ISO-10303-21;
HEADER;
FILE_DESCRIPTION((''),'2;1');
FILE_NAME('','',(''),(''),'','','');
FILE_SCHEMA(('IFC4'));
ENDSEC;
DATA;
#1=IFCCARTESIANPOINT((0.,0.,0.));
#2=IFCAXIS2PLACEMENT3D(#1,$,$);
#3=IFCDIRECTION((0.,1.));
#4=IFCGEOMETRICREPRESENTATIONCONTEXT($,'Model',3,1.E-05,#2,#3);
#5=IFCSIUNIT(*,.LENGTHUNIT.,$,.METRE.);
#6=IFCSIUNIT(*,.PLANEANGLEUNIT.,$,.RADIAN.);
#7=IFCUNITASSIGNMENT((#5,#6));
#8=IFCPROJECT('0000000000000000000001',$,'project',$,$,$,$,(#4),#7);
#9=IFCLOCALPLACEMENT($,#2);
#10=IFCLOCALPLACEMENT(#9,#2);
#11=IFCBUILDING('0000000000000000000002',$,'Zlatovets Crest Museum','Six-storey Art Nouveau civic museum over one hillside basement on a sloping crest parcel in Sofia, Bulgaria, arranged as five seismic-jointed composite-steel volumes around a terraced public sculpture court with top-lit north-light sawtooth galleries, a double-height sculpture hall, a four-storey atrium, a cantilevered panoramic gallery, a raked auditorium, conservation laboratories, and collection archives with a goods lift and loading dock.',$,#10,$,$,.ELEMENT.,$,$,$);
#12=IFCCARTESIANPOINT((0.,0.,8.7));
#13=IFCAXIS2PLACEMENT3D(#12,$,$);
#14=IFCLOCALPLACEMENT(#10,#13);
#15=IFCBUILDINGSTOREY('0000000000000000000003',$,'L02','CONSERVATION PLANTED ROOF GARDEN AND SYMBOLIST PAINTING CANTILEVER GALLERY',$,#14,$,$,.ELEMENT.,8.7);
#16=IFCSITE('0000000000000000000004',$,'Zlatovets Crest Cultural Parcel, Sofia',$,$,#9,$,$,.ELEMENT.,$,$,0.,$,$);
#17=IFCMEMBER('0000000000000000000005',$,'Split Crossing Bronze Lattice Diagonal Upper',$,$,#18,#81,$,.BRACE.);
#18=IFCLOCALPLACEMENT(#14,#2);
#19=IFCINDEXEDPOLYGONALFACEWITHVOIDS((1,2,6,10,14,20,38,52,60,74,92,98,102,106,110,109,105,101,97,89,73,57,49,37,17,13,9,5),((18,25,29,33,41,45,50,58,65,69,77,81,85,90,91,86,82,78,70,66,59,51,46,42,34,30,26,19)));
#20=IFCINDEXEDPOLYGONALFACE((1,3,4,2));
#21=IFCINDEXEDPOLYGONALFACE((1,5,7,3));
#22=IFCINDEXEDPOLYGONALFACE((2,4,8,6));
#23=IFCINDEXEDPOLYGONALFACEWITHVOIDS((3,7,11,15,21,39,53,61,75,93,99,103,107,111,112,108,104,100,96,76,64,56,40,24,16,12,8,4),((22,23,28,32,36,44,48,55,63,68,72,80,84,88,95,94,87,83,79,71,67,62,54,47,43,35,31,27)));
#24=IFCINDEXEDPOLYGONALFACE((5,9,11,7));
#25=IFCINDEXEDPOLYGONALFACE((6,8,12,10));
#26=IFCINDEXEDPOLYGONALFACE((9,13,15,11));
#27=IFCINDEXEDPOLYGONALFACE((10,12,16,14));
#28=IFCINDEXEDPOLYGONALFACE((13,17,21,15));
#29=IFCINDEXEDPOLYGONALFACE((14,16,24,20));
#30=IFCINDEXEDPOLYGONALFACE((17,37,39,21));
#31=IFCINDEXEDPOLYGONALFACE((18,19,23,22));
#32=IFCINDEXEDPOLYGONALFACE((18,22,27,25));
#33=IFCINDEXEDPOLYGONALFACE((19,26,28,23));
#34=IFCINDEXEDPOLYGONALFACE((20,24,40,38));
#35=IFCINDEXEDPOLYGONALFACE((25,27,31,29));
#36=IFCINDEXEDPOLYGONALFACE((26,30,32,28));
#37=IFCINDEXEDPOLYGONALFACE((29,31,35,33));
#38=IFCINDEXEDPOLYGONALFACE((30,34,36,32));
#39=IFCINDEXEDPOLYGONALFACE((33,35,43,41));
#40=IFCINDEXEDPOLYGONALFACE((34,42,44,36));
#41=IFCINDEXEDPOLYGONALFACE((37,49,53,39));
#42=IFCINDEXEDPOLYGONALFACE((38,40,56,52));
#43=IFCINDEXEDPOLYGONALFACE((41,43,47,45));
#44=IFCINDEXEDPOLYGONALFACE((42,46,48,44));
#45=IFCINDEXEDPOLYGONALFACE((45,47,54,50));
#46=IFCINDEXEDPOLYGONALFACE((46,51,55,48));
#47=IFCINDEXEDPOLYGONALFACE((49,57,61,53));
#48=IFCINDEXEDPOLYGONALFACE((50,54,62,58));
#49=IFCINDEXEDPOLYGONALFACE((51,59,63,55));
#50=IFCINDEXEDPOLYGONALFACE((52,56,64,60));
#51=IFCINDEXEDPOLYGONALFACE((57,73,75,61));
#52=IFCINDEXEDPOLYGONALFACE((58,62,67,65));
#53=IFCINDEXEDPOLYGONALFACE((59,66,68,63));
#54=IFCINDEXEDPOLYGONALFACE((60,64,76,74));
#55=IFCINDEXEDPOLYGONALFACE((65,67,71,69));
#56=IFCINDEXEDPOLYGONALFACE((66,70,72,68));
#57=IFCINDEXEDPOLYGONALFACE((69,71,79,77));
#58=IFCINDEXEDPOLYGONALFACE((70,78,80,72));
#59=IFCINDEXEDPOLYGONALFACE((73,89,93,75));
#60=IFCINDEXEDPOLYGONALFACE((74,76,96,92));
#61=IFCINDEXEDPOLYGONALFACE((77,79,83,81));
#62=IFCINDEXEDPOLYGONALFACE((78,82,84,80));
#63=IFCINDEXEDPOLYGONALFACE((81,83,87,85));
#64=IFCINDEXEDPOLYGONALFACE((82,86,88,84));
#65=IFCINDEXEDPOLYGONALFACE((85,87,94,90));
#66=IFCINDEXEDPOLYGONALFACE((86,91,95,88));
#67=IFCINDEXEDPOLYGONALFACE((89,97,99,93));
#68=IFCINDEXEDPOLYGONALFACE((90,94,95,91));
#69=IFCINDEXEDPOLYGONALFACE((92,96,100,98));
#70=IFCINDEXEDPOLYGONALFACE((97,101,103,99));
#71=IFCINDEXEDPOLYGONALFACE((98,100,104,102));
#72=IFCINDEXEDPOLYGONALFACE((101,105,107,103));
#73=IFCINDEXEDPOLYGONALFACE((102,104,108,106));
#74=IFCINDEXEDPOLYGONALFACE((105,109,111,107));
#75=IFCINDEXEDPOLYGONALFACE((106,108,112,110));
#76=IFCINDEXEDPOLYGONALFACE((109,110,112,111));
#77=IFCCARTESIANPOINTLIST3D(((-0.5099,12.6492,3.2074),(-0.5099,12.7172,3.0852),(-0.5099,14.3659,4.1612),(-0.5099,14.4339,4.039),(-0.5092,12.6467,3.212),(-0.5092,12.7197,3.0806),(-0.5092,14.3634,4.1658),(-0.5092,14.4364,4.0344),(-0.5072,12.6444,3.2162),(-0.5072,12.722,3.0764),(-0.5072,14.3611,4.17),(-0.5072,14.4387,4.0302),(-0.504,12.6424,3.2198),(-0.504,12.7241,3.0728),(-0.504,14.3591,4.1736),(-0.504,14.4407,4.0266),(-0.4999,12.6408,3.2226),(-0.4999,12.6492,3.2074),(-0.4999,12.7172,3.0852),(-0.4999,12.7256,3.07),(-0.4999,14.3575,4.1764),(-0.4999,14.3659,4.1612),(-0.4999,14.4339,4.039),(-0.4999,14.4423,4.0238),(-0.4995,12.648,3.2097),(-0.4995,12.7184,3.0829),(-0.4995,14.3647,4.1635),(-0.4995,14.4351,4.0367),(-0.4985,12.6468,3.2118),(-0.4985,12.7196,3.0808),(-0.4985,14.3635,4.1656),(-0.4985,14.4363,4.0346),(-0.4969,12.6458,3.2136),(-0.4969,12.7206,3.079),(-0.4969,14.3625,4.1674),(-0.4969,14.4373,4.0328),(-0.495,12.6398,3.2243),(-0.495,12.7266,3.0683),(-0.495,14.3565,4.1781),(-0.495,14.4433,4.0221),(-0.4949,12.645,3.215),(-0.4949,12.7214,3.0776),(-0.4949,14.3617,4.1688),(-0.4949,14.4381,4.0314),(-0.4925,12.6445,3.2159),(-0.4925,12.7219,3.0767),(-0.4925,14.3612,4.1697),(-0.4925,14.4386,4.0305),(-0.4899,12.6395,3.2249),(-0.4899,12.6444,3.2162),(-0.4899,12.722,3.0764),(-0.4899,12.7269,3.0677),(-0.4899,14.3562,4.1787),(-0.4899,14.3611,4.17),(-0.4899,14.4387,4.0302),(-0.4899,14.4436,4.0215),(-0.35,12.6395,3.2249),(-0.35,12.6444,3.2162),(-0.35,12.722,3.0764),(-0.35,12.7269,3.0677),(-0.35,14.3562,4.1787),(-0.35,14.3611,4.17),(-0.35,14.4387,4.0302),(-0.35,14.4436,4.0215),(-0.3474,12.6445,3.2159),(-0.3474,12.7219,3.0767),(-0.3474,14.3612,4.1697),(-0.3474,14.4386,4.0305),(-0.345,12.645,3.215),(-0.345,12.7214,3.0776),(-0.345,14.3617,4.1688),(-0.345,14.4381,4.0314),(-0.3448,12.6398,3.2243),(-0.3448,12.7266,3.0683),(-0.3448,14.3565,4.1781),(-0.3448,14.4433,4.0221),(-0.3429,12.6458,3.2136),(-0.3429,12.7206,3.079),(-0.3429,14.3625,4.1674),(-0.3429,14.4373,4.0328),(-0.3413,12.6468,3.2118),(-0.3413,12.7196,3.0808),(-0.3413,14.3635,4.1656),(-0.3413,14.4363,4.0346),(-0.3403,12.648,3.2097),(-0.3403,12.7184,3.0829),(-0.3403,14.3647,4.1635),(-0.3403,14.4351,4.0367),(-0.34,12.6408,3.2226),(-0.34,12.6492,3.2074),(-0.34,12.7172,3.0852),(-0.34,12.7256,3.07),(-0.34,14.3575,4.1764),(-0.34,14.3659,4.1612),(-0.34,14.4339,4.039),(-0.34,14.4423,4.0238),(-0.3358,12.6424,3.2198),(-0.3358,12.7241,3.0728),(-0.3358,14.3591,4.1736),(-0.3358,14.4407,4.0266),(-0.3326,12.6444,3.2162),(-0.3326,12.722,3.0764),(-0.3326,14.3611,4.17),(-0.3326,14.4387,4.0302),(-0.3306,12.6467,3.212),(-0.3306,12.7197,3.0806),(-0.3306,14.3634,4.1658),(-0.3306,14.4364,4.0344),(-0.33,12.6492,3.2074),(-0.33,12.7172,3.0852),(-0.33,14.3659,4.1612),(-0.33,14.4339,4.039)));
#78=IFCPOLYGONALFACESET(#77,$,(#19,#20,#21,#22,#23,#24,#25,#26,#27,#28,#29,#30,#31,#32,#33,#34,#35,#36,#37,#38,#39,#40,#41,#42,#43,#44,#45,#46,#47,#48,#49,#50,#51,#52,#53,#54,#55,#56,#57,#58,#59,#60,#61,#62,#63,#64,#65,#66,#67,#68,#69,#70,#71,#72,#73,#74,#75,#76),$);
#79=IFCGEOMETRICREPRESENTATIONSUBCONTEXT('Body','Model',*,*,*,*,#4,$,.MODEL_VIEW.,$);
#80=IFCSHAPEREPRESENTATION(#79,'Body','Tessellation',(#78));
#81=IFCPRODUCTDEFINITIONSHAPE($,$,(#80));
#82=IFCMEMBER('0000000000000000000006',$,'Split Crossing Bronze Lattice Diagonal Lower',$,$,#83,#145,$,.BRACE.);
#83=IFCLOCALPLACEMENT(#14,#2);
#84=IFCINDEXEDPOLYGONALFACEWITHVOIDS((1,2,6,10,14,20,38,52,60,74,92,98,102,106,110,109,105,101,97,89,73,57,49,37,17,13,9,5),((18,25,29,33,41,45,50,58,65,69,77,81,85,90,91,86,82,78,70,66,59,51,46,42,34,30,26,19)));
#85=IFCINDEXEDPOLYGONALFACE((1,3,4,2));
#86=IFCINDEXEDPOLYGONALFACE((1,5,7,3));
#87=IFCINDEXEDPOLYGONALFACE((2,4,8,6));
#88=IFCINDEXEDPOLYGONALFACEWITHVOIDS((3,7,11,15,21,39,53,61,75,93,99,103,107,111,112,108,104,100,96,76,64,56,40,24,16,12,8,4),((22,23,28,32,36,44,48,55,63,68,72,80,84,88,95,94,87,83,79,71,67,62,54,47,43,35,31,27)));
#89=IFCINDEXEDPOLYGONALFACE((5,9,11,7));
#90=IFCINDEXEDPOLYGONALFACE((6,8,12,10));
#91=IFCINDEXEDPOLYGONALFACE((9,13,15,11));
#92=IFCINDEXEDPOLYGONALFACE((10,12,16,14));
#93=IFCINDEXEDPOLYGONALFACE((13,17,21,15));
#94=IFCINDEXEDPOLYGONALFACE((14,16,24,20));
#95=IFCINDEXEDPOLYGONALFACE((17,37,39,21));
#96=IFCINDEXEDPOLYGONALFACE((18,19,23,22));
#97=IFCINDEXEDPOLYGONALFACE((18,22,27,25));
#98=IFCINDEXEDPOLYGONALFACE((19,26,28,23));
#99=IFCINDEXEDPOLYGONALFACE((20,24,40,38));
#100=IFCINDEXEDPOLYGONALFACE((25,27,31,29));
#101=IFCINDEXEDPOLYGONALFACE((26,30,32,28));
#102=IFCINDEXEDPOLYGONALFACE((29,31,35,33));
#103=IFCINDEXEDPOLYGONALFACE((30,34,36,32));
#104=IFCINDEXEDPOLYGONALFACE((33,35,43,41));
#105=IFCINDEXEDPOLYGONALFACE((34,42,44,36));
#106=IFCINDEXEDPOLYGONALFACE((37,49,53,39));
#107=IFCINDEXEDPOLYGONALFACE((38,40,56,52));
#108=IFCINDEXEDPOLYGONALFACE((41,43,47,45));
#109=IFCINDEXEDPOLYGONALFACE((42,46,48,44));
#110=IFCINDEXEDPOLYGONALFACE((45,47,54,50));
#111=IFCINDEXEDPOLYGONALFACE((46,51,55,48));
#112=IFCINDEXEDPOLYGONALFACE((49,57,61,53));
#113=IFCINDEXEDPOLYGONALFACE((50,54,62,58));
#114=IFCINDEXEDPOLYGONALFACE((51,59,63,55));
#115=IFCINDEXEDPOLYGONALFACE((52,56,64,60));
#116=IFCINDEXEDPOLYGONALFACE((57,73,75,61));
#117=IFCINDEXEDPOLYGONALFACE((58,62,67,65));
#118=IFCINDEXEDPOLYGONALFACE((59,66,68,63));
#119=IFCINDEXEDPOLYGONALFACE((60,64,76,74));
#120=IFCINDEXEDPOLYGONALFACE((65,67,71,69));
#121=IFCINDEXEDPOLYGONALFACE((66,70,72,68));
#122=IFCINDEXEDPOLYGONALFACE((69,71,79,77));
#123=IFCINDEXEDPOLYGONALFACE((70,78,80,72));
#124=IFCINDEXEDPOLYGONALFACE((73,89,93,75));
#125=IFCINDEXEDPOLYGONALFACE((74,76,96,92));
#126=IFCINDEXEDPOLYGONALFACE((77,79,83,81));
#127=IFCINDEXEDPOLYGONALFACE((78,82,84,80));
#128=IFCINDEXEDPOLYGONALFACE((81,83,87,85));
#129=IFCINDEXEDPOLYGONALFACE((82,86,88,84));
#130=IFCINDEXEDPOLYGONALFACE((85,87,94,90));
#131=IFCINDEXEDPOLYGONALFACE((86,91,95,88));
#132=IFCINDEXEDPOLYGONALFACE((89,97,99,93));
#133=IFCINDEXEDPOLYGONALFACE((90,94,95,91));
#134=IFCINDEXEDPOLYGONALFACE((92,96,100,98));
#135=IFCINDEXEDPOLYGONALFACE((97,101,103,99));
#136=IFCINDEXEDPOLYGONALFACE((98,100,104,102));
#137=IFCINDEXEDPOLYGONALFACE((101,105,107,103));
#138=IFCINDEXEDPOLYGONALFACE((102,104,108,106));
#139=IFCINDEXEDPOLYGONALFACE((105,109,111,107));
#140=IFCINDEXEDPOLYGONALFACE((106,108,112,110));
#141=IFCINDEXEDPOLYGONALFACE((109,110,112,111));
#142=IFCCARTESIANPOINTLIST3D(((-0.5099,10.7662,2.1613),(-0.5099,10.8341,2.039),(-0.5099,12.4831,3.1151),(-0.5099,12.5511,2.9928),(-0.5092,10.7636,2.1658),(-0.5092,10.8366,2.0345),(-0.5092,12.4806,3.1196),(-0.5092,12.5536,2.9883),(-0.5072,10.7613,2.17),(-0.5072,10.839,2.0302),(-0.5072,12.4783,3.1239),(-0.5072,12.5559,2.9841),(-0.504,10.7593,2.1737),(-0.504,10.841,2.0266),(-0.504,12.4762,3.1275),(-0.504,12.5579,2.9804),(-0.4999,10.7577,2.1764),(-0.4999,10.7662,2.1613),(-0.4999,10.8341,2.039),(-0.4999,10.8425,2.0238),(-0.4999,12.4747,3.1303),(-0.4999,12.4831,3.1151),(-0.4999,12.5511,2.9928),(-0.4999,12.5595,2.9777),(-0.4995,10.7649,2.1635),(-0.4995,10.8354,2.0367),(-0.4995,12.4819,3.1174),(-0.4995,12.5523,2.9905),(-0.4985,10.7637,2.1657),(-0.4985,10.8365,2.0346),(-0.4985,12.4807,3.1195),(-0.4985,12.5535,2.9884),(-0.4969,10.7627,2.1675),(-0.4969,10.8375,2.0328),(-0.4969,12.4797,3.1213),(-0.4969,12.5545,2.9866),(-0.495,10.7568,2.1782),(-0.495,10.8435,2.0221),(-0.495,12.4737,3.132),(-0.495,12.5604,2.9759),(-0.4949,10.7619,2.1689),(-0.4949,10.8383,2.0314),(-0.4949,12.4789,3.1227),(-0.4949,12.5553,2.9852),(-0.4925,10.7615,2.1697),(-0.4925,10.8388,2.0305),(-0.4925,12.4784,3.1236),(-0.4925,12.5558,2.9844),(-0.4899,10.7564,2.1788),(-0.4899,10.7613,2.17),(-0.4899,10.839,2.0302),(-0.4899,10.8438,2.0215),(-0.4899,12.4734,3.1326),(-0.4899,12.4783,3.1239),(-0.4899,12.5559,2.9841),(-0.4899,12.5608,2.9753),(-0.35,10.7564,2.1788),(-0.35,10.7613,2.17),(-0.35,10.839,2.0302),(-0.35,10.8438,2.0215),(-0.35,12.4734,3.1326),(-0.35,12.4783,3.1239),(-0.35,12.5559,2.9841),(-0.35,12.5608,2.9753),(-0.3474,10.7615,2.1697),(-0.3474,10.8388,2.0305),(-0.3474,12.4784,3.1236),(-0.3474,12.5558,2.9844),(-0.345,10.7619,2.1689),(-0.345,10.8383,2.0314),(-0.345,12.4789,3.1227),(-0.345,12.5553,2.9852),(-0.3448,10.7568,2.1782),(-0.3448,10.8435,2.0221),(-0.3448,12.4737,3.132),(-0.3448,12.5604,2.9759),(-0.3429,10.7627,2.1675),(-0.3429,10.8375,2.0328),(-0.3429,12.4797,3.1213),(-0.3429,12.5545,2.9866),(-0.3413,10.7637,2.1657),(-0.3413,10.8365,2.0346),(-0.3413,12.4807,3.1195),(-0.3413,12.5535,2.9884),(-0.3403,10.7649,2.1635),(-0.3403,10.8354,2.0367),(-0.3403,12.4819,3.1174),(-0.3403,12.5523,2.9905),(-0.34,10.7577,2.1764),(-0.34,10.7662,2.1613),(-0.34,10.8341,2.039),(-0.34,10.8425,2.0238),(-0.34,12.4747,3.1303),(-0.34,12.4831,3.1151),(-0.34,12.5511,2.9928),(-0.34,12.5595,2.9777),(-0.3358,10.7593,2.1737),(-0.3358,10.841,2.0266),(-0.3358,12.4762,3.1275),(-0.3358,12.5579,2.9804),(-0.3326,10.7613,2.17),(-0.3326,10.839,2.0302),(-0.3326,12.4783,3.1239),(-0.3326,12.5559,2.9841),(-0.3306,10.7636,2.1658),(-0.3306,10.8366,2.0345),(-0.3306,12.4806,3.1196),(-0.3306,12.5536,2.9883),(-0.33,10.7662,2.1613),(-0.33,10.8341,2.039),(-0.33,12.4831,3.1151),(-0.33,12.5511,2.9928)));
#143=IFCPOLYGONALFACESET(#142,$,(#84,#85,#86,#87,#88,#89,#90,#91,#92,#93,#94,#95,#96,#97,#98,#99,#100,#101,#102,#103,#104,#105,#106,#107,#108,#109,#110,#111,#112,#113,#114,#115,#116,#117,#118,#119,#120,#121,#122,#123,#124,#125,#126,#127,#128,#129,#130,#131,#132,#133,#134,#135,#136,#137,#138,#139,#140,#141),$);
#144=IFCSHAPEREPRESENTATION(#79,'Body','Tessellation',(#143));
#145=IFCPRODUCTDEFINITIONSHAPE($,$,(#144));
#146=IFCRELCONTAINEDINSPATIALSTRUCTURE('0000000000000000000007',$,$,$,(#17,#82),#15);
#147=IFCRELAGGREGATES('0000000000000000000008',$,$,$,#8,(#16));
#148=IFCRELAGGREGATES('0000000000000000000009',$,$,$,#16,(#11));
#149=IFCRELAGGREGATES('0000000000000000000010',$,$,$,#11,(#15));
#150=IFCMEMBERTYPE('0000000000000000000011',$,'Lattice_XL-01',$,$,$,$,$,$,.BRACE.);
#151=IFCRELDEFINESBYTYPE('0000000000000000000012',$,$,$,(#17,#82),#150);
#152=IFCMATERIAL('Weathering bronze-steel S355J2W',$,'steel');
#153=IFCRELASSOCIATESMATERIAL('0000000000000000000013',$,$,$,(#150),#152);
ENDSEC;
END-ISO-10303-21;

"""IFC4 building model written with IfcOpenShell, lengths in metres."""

from ifc_helpers import new_model, si_unit, direction, frame, origin, origin_2d, place, context, subcontext, project, spatial, hollow_rectangle, extrude, material, material_profile, profile_set, type_object, element, save


model = new_model("IFC4")

# Units and contexts
model_context = context("Model", 3, precision=1e-05, world=origin(), true_north=direction((0.0, 1.0)))
body_context = subcontext(model_context, "Body", "Model", "MODEL_VIEW")
ifc_project = project(units=[si_unit("LENGTHUNIT", "METRE"), si_unit("PLANEANGLEUNIT", "RADIAN")], contexts=[model_context])

# Site, building, storey
site_placement = place(None, origin())
site = spatial("IfcSite", under=ifc_project, at=site_placement, Name="Zlatovets Crest Cultural Parcel, Sofia", CompositionType="ELEMENT", RefElevation=0.0)
building_placement = place(site_placement, origin())
building = spatial("IfcBuilding", under=site, at=building_placement, Name="Zlatovets Crest Museum", Description="Six-storey Art Nouveau civic museum over one hillside basement on a sloping crest parcel in Sofia, Bulgaria, arranged as five seismic-jointed composite-steel volumes around a terraced public sculpture court with top-lit north-light sawtooth galleries, a double-height sculpture hall, a four-storey atrium, a cantilevered panoramic gallery, a raked auditorium, conservation laboratories, and collection archives with a goods lift and loading dock.", CompositionType="ELEMENT")
storey_placement = place(building_placement, frame((0.0, 0.0, 8.7)))
storey = spatial("IfcBuildingStorey", under=building, at=storey_placement, Name="L02", Description="CONSERVATION PLANTED ROOF GARDEN AND SYMBOLIST PAINTING CANTILEVER GALLERY", CompositionType="ELEMENT", Elevation=8.7)

# Members
ifc_material_1 = material(Name="Weathering bronze-steel S355J2W", Category="steel")
ifc_material_profile_1 = material_profile(ifc_material_1, hollow_rectangle(XDim=0.1799, YDim=0.1799, WallThickness=0.01, InnerFilletRadius=0.01, OuterFilletRadius=0.02, at=origin_2d()), Name="SHS 180x180x10.0")
ifc_profile_set_1 = profile_set([ifc_material_profile_1], Name="Weathering bronze-steel S355J2W")
member_type_1 = type_object("IfcMemberType", Name="Lattice_XL-01", PredefinedType="BRACE", material=ifc_profile_set_1)
member_1_placement = place(storey_placement, frame((-0.4199, 14.3999, 4.1001), z_axis=(0.0, -0.87414, -0.485675), x_axis=(1.0, 0.0, 0.0)))
element("IfcMember", 1, at=member_1_placement, inside=storey, type_object=member_type_1, Name="Split Crossing Bronze Lattice Diagonal Upper", PredefinedType="BRACE", context=body_context, shape_type="SweptSolid", body=[
    extrude(hollow_rectangle(XDim=0.1799, YDim=0.1799, WallThickness=0.01, InnerFilletRadius=0.01, OuterFilletRadius=0.02, at=origin_2d()), origin(), (0.0, 0.0, 1.0), 1.9639),
])
member_2_placement = place(storey_placement, frame((-0.4199, 12.5171, 3.054), z_axis=(0.0, -0.874169, -0.485622), x_axis=(1.0, 0.0, 0.0)))
element("IfcMember", 2, at=member_2_placement, inside=storey, type_object=member_type_1, Name="Split Crossing Bronze Lattice Diagonal Lower", PredefinedType="BRACE", context=body_context, shape_type="SweptSolid", body=[
    extrude(hollow_rectangle(XDim=0.1799, YDim=0.1799, WallThickness=0.01, InnerFilletRadius=0.01, OuterFilletRadius=0.02, at=origin_2d()), origin(), (0.0, 0.0, 1.0), 1.9641),
])

save(model, "model.ifc")
